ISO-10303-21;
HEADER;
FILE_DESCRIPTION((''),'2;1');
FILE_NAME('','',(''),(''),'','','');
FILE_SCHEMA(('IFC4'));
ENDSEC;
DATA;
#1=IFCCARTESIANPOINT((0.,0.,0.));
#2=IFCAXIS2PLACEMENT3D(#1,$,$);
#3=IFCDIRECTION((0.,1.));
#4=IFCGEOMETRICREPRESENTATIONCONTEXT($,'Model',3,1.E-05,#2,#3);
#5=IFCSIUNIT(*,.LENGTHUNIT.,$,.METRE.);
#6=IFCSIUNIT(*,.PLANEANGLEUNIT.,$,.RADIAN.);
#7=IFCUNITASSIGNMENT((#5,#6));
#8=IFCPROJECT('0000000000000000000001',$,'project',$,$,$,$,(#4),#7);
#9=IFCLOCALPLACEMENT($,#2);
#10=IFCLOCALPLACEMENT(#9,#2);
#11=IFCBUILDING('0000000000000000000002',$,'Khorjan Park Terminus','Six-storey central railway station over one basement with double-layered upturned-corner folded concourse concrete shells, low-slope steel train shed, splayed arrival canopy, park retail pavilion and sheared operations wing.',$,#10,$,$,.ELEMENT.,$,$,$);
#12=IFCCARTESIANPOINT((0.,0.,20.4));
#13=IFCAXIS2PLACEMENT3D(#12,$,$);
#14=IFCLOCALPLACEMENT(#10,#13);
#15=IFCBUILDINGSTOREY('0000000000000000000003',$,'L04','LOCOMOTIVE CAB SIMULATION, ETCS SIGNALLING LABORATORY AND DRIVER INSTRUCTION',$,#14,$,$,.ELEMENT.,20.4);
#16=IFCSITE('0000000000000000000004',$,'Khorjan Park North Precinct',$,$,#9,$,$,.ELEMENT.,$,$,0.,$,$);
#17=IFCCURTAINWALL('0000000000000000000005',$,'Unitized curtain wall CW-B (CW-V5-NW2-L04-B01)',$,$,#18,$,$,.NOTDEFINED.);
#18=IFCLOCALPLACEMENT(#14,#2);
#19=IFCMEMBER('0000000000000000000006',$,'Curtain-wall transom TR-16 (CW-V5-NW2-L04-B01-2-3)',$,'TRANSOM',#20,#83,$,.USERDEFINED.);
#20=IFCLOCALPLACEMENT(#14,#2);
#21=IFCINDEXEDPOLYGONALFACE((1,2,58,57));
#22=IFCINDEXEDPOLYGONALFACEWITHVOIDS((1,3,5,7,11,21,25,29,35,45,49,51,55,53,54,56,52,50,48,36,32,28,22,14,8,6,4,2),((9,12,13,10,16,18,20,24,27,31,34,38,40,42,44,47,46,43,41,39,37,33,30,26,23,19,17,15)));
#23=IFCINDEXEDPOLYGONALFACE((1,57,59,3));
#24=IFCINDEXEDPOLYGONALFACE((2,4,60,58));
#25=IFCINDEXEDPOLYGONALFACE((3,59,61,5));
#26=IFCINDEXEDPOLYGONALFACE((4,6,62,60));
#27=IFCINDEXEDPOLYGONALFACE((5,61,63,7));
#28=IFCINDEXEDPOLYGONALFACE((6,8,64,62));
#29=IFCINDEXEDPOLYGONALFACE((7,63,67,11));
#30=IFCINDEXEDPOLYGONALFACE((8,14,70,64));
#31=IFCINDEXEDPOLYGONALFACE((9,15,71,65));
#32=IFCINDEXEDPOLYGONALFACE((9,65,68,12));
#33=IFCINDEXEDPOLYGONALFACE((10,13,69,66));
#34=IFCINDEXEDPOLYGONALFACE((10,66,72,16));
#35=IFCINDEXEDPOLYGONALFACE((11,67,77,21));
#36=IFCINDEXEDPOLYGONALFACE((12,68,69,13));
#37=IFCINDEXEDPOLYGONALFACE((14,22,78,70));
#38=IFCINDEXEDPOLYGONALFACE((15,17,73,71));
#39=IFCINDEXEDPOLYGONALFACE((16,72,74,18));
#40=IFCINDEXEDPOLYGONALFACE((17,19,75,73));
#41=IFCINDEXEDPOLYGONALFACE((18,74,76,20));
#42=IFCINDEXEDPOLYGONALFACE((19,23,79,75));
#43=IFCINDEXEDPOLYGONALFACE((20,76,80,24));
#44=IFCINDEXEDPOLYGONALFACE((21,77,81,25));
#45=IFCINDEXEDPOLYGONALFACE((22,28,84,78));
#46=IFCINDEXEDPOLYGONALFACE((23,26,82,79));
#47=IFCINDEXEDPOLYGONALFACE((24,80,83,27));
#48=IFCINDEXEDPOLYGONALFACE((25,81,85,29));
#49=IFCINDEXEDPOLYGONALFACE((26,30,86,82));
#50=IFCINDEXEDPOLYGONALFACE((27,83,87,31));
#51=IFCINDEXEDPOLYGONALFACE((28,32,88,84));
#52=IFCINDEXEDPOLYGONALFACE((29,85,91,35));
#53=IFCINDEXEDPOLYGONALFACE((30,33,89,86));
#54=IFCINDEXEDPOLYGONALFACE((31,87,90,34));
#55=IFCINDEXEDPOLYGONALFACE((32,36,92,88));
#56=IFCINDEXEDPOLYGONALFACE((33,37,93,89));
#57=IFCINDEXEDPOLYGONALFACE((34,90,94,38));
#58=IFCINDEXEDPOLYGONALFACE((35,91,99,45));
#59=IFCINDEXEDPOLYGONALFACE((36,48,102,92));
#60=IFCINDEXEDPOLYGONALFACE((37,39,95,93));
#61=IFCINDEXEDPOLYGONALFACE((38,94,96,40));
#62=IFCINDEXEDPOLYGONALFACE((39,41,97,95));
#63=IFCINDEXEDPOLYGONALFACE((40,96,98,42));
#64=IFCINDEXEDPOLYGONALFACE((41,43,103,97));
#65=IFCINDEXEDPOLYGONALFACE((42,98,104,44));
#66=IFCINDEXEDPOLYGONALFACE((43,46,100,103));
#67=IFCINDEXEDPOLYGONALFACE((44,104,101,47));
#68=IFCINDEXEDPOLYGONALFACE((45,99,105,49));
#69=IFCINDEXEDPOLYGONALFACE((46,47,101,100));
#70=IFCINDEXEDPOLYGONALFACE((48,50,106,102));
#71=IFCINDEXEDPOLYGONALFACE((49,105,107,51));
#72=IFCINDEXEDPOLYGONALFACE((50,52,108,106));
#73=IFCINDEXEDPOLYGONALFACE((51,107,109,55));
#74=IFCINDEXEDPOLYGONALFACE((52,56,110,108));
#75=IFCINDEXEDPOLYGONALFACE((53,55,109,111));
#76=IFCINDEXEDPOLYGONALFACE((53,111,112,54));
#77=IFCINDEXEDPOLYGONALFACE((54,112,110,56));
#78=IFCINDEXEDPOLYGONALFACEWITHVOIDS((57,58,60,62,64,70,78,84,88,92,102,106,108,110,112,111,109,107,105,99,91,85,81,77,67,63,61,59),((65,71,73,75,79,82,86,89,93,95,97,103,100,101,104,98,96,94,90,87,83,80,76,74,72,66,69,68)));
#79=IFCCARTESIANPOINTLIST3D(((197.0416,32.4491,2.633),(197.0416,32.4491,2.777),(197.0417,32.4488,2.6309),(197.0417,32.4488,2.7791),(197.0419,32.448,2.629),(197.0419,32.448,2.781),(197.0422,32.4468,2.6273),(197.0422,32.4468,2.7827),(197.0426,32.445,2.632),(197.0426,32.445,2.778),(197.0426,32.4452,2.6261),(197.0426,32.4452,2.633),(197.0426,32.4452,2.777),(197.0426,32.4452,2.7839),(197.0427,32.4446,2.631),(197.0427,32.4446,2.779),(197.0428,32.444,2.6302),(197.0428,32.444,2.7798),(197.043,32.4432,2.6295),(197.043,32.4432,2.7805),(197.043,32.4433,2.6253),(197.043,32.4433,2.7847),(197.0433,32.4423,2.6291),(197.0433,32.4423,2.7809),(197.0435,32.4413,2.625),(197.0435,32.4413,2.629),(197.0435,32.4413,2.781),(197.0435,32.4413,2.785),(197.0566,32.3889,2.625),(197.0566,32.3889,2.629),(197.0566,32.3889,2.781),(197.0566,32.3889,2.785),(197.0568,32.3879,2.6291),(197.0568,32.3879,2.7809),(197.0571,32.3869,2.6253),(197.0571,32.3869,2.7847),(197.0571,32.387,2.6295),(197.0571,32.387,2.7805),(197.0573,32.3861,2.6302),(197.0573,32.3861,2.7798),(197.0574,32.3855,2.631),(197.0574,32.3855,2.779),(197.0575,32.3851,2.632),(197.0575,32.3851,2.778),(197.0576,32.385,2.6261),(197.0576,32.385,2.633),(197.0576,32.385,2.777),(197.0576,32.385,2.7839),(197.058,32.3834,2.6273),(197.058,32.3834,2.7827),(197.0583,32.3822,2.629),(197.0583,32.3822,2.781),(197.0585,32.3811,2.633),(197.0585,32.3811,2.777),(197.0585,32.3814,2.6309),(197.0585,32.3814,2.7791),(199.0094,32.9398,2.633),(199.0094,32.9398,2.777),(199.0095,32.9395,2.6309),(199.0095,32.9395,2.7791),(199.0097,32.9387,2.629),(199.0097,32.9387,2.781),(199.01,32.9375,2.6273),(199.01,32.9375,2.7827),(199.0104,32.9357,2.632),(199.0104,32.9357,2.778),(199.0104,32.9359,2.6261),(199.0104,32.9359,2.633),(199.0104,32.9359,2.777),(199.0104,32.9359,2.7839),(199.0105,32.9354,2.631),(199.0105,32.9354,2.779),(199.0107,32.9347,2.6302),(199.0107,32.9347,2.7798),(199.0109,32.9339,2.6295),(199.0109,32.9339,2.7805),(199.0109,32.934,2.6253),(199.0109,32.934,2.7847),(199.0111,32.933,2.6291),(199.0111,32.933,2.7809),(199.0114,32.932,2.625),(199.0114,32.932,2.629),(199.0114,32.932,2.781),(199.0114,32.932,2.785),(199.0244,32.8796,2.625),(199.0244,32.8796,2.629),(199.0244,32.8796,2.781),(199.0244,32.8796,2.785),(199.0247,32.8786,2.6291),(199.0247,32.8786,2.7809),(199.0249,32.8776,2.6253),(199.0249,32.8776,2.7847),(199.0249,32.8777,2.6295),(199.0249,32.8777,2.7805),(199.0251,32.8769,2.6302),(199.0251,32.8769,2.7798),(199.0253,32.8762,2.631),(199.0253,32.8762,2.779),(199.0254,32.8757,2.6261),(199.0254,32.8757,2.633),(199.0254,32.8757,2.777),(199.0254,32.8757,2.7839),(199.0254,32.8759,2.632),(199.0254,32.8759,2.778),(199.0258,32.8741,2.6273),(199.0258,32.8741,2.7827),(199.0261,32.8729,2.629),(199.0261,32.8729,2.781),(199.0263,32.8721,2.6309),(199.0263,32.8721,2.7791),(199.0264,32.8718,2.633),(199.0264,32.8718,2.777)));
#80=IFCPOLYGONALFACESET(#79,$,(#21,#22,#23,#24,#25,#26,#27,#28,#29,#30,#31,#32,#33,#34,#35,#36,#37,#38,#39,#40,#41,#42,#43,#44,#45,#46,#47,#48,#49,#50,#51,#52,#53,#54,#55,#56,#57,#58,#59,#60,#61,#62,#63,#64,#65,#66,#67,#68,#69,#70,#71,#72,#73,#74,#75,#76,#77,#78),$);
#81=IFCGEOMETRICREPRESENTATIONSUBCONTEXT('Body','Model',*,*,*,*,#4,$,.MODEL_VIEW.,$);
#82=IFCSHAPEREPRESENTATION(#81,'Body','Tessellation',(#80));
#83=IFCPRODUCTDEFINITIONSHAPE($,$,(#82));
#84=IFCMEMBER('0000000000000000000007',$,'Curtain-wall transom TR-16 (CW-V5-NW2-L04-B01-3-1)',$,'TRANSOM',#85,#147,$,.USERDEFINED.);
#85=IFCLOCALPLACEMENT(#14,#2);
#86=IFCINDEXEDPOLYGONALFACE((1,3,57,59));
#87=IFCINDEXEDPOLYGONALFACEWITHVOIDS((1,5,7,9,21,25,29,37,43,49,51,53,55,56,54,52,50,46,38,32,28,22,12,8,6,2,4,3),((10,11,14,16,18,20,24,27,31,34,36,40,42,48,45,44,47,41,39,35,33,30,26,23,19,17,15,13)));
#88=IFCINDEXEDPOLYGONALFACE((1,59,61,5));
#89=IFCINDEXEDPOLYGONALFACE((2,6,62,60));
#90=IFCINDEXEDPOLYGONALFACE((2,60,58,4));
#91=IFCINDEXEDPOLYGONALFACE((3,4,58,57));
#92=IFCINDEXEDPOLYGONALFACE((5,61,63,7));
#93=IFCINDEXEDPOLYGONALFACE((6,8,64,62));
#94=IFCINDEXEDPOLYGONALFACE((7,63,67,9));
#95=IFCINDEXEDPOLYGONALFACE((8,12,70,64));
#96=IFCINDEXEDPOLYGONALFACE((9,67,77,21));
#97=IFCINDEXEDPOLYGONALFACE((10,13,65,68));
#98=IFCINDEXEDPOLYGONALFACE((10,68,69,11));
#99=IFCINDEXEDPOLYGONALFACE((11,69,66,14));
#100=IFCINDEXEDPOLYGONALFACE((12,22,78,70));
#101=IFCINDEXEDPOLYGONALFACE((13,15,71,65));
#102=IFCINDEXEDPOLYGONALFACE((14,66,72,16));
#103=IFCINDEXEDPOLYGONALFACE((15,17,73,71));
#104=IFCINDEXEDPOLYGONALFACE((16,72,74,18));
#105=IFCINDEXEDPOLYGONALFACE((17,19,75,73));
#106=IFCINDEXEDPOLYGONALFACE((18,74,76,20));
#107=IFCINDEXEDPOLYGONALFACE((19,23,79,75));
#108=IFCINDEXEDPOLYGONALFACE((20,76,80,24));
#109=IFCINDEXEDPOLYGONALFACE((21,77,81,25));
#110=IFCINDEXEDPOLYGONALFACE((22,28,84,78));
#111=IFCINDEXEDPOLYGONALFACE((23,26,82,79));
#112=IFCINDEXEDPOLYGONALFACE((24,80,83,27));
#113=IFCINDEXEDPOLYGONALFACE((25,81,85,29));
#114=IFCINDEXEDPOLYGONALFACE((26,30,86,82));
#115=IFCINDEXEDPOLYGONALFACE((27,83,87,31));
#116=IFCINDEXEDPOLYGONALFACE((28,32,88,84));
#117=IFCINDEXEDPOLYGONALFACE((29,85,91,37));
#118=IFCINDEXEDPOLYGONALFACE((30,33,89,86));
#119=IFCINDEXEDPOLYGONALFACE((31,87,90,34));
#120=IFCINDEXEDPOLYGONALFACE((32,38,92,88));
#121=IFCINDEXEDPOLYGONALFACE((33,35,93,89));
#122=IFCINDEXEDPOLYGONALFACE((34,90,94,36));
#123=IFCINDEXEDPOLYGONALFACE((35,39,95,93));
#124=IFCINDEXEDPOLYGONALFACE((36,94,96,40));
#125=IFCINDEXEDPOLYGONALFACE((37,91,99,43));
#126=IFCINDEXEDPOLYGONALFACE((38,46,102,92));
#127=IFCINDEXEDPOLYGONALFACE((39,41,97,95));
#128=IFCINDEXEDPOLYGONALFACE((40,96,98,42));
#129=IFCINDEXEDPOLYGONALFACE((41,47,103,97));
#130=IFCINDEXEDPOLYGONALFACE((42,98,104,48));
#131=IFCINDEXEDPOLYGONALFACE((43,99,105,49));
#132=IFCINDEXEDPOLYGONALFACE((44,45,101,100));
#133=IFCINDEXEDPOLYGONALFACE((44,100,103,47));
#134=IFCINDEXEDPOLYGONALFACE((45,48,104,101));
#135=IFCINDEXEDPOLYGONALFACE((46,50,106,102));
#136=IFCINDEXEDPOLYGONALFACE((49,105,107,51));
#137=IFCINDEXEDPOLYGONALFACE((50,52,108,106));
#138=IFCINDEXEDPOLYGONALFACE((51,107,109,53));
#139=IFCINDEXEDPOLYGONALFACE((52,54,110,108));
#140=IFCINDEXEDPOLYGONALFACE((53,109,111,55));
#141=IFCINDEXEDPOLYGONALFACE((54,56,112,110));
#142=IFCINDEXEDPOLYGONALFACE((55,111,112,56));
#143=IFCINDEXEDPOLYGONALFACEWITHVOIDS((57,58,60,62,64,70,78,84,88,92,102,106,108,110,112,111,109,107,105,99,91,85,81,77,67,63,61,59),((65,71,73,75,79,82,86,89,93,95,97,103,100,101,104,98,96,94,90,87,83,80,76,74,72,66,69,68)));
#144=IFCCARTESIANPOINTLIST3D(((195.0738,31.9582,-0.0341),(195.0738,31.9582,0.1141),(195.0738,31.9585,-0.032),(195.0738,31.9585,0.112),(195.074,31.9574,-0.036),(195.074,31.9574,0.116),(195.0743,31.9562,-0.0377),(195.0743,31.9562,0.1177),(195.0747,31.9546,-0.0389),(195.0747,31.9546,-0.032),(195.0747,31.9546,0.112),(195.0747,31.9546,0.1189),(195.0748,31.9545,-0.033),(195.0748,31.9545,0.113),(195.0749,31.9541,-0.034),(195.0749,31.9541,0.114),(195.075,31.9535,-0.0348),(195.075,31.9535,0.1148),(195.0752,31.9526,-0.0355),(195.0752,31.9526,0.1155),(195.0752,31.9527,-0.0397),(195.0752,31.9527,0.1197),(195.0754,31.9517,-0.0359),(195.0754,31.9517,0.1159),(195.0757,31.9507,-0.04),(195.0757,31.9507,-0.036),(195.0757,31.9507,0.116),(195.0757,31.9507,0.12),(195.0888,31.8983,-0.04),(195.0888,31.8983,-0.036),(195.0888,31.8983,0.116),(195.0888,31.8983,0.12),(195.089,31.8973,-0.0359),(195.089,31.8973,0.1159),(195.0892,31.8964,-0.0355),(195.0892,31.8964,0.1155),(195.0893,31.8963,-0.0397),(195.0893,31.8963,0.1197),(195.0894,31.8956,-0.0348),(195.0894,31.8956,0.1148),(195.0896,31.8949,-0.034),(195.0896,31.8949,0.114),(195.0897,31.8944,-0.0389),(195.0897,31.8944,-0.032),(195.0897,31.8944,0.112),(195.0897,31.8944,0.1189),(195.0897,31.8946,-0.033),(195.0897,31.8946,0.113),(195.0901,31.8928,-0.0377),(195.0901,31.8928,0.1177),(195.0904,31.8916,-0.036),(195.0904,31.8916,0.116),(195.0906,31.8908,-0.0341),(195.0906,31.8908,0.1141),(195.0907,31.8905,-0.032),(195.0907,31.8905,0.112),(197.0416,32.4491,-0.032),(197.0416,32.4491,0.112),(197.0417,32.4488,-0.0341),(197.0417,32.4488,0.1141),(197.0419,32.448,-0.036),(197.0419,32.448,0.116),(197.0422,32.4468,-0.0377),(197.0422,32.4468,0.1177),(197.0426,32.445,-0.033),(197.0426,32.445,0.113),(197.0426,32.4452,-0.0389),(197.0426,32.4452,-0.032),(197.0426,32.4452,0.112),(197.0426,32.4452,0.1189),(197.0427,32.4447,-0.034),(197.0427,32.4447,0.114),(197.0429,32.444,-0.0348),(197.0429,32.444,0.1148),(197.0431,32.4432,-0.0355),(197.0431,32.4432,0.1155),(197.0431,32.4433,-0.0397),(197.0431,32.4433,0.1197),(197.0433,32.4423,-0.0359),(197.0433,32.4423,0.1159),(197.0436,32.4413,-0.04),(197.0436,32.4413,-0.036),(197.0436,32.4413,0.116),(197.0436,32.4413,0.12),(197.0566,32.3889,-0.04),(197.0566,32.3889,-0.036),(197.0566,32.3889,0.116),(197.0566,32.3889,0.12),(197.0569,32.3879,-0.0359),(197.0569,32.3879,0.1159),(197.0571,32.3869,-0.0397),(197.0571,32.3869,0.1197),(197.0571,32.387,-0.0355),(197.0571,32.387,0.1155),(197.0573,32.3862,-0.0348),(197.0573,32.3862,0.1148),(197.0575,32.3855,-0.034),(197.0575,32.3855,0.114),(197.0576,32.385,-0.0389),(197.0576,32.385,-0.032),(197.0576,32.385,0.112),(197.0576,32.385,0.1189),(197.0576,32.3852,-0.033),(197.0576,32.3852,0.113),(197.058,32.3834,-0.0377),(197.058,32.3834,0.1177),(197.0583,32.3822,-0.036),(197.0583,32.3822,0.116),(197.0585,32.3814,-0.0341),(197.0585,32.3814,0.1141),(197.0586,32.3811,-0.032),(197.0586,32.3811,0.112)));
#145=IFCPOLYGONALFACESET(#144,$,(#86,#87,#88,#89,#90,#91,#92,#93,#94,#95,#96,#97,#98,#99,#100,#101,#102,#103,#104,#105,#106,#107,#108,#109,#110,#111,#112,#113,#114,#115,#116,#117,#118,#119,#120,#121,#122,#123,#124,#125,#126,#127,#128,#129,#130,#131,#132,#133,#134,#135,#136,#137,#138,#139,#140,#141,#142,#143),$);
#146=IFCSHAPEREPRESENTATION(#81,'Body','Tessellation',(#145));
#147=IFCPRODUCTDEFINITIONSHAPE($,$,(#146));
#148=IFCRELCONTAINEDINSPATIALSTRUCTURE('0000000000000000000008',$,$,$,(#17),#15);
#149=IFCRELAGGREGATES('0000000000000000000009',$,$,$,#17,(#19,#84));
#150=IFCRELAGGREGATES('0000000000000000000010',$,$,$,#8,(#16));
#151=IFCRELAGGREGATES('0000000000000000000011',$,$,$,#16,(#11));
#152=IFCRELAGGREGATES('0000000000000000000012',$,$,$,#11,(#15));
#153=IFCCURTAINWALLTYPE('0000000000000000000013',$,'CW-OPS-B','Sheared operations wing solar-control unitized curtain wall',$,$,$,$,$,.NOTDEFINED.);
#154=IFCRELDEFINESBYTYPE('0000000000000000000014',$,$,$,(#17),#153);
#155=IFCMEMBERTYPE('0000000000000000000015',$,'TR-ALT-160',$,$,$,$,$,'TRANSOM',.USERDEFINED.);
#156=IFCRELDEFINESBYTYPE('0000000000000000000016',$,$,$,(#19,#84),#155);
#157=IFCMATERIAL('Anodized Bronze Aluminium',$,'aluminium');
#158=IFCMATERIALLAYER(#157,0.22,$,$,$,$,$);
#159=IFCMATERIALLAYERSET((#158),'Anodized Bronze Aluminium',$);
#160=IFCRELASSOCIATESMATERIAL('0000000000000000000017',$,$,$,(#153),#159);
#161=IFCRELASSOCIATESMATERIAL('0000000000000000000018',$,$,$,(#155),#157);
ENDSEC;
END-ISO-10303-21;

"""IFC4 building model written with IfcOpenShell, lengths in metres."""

from ifc_helpers import new_model, si_unit, direction, frame, origin, origin_2d, place, context, subcontext, project, spatial, hollow_rectangle, extrude, material, layer, layer_set, material_profile, profile_set, type_object, element, aggregate, save


model = new_model("IFC4")

# Units and contexts
model_context = context("Model", 3, precision=1e-05, world=origin(), true_north=direction((0.0, 1.0)))
body_context = subcontext(model_context, "Body", "Model", "MODEL_VIEW")
ifc_project = project(units=[si_unit("LENGTHUNIT", "METRE"), si_unit("PLANEANGLEUNIT", "RADIAN")], contexts=[model_context])

# Site, building, storey
site_placement = place(None, origin())
site = spatial("IfcSite", under=ifc_project, at=site_placement, Name="Khorjan Park North Precinct", CompositionType="ELEMENT", RefElevation=0.0)
building_placement = place(site_placement, origin())
building = spatial("IfcBuilding", under=site, at=building_placement, Name="Khorjan Park Terminus", Description="Six-storey central railway station over one basement with double-layered upturned-corner folded concourse concrete shells, low-slope steel train shed, splayed arrival canopy, park retail pavilion and sheared operations wing.", CompositionType="ELEMENT")
storey_placement = place(building_placement, frame((0.0, 0.0, 20.4)))
storey = spatial("IfcBuildingStorey", under=building, at=storey_placement, Name="L04", Description="LOCOMOTIVE CAB SIMULATION, ETCS SIGNALLING LABORATORY AND DRIVER INSTRUCTION", CompositionType="ELEMENT", Elevation=20.4)

# Curtain wall, members
ifc_material_1 = material(Name="Anodized Bronze Aluminium", Category="aluminium")
ifc_layer_1 = layer(ifc_material_1, 0.22)
ifc_layer_set_1 = layer_set([ifc_layer_1], Name="Anodized Bronze Aluminium")
curtain_wall_type = type_object("IfcCurtainWallType", Name="CW-OPS-B", Description="Sheared operations wing solar-control unitized curtain wall", PredefinedType="NOTDEFINED", material=ifc_layer_set_1)
curtain_wall_placement = place(storey_placement, origin())
curtain_wall = element("IfcCurtainWall", 1, at=curtain_wall_placement, inside=storey, type_object=curtain_wall_type, Name="Unitized curtain wall CW-B (CW-V5-NW2-L04-B01)", PredefinedType="NOTDEFINED")
ifc_material_profile_1 = material_profile(ifc_material_1, hollow_rectangle(XDim=0.07, YDim=0.16, WallThickness=0.004, InnerFilletRadius=0.004, OuterFilletRadius=0.008, at=origin_2d()), Name="ALT 70x160x4")
ifc_profile_set_1 = profile_set([ifc_material_profile_1], Name="Anodized Bronze Aluminium")
member_type_1 = type_object("IfcMemberType", Name="TR-ALT-160", ElementType="TRANSOM", PredefinedType="USERDEFINED", material=ifc_profile_set_1)
member_1_placement = place(storey_placement, frame((199.0179, 32.9058, 2.705), z_axis=(-0.970287, -0.241955, 0.0), x_axis=(0.241955, -0.970287, 0.0)))
member_1 = element("IfcMember", 2, at=member_1_placement, type_object=member_type_1, Name="Curtain-wall transom TR-16 (CW-V5-NW2-L04-B01-2-3)", ObjectType="TRANSOM", PredefinedType="USERDEFINED", context=body_context, shape_type="SweptSolid", body=[
    extrude(hollow_rectangle(XDim=0.07, YDim=0.16, WallThickness=0.004, InnerFilletRadius=0.004, OuterFilletRadius=0.008, at=origin_2d()), origin(), (0.0, 0.0, 1.0), 2.0281),
])
member_2_placement = place(storey_placement, frame((197.0501, 32.4151, 0.04), z_axis=(-0.970302, -0.241897, 0.0), x_axis=(0.241897, -0.970302, 0.0)))
member_2 = element("IfcMember", 3, at=member_2_placement, type_object=member_type_1, Name="Curtain-wall transom TR-16 (CW-V5-NW2-L04-B01-3-1)", ObjectType="TRANSOM", PredefinedType="USERDEFINED", context=body_context, shape_type="SweptSolid", body=[
    extrude(hollow_rectangle(XDim=0.07, YDim=0.16, WallThickness=0.004, InnerFilletRadius=0.004, OuterFilletRadius=0.008, at=origin_2d()), origin(), (0.0, 0.0, 1.0), 2.0281),
])
aggregate(curtain_wall, [member_1, member_2])

save(model, "model.ifc")
